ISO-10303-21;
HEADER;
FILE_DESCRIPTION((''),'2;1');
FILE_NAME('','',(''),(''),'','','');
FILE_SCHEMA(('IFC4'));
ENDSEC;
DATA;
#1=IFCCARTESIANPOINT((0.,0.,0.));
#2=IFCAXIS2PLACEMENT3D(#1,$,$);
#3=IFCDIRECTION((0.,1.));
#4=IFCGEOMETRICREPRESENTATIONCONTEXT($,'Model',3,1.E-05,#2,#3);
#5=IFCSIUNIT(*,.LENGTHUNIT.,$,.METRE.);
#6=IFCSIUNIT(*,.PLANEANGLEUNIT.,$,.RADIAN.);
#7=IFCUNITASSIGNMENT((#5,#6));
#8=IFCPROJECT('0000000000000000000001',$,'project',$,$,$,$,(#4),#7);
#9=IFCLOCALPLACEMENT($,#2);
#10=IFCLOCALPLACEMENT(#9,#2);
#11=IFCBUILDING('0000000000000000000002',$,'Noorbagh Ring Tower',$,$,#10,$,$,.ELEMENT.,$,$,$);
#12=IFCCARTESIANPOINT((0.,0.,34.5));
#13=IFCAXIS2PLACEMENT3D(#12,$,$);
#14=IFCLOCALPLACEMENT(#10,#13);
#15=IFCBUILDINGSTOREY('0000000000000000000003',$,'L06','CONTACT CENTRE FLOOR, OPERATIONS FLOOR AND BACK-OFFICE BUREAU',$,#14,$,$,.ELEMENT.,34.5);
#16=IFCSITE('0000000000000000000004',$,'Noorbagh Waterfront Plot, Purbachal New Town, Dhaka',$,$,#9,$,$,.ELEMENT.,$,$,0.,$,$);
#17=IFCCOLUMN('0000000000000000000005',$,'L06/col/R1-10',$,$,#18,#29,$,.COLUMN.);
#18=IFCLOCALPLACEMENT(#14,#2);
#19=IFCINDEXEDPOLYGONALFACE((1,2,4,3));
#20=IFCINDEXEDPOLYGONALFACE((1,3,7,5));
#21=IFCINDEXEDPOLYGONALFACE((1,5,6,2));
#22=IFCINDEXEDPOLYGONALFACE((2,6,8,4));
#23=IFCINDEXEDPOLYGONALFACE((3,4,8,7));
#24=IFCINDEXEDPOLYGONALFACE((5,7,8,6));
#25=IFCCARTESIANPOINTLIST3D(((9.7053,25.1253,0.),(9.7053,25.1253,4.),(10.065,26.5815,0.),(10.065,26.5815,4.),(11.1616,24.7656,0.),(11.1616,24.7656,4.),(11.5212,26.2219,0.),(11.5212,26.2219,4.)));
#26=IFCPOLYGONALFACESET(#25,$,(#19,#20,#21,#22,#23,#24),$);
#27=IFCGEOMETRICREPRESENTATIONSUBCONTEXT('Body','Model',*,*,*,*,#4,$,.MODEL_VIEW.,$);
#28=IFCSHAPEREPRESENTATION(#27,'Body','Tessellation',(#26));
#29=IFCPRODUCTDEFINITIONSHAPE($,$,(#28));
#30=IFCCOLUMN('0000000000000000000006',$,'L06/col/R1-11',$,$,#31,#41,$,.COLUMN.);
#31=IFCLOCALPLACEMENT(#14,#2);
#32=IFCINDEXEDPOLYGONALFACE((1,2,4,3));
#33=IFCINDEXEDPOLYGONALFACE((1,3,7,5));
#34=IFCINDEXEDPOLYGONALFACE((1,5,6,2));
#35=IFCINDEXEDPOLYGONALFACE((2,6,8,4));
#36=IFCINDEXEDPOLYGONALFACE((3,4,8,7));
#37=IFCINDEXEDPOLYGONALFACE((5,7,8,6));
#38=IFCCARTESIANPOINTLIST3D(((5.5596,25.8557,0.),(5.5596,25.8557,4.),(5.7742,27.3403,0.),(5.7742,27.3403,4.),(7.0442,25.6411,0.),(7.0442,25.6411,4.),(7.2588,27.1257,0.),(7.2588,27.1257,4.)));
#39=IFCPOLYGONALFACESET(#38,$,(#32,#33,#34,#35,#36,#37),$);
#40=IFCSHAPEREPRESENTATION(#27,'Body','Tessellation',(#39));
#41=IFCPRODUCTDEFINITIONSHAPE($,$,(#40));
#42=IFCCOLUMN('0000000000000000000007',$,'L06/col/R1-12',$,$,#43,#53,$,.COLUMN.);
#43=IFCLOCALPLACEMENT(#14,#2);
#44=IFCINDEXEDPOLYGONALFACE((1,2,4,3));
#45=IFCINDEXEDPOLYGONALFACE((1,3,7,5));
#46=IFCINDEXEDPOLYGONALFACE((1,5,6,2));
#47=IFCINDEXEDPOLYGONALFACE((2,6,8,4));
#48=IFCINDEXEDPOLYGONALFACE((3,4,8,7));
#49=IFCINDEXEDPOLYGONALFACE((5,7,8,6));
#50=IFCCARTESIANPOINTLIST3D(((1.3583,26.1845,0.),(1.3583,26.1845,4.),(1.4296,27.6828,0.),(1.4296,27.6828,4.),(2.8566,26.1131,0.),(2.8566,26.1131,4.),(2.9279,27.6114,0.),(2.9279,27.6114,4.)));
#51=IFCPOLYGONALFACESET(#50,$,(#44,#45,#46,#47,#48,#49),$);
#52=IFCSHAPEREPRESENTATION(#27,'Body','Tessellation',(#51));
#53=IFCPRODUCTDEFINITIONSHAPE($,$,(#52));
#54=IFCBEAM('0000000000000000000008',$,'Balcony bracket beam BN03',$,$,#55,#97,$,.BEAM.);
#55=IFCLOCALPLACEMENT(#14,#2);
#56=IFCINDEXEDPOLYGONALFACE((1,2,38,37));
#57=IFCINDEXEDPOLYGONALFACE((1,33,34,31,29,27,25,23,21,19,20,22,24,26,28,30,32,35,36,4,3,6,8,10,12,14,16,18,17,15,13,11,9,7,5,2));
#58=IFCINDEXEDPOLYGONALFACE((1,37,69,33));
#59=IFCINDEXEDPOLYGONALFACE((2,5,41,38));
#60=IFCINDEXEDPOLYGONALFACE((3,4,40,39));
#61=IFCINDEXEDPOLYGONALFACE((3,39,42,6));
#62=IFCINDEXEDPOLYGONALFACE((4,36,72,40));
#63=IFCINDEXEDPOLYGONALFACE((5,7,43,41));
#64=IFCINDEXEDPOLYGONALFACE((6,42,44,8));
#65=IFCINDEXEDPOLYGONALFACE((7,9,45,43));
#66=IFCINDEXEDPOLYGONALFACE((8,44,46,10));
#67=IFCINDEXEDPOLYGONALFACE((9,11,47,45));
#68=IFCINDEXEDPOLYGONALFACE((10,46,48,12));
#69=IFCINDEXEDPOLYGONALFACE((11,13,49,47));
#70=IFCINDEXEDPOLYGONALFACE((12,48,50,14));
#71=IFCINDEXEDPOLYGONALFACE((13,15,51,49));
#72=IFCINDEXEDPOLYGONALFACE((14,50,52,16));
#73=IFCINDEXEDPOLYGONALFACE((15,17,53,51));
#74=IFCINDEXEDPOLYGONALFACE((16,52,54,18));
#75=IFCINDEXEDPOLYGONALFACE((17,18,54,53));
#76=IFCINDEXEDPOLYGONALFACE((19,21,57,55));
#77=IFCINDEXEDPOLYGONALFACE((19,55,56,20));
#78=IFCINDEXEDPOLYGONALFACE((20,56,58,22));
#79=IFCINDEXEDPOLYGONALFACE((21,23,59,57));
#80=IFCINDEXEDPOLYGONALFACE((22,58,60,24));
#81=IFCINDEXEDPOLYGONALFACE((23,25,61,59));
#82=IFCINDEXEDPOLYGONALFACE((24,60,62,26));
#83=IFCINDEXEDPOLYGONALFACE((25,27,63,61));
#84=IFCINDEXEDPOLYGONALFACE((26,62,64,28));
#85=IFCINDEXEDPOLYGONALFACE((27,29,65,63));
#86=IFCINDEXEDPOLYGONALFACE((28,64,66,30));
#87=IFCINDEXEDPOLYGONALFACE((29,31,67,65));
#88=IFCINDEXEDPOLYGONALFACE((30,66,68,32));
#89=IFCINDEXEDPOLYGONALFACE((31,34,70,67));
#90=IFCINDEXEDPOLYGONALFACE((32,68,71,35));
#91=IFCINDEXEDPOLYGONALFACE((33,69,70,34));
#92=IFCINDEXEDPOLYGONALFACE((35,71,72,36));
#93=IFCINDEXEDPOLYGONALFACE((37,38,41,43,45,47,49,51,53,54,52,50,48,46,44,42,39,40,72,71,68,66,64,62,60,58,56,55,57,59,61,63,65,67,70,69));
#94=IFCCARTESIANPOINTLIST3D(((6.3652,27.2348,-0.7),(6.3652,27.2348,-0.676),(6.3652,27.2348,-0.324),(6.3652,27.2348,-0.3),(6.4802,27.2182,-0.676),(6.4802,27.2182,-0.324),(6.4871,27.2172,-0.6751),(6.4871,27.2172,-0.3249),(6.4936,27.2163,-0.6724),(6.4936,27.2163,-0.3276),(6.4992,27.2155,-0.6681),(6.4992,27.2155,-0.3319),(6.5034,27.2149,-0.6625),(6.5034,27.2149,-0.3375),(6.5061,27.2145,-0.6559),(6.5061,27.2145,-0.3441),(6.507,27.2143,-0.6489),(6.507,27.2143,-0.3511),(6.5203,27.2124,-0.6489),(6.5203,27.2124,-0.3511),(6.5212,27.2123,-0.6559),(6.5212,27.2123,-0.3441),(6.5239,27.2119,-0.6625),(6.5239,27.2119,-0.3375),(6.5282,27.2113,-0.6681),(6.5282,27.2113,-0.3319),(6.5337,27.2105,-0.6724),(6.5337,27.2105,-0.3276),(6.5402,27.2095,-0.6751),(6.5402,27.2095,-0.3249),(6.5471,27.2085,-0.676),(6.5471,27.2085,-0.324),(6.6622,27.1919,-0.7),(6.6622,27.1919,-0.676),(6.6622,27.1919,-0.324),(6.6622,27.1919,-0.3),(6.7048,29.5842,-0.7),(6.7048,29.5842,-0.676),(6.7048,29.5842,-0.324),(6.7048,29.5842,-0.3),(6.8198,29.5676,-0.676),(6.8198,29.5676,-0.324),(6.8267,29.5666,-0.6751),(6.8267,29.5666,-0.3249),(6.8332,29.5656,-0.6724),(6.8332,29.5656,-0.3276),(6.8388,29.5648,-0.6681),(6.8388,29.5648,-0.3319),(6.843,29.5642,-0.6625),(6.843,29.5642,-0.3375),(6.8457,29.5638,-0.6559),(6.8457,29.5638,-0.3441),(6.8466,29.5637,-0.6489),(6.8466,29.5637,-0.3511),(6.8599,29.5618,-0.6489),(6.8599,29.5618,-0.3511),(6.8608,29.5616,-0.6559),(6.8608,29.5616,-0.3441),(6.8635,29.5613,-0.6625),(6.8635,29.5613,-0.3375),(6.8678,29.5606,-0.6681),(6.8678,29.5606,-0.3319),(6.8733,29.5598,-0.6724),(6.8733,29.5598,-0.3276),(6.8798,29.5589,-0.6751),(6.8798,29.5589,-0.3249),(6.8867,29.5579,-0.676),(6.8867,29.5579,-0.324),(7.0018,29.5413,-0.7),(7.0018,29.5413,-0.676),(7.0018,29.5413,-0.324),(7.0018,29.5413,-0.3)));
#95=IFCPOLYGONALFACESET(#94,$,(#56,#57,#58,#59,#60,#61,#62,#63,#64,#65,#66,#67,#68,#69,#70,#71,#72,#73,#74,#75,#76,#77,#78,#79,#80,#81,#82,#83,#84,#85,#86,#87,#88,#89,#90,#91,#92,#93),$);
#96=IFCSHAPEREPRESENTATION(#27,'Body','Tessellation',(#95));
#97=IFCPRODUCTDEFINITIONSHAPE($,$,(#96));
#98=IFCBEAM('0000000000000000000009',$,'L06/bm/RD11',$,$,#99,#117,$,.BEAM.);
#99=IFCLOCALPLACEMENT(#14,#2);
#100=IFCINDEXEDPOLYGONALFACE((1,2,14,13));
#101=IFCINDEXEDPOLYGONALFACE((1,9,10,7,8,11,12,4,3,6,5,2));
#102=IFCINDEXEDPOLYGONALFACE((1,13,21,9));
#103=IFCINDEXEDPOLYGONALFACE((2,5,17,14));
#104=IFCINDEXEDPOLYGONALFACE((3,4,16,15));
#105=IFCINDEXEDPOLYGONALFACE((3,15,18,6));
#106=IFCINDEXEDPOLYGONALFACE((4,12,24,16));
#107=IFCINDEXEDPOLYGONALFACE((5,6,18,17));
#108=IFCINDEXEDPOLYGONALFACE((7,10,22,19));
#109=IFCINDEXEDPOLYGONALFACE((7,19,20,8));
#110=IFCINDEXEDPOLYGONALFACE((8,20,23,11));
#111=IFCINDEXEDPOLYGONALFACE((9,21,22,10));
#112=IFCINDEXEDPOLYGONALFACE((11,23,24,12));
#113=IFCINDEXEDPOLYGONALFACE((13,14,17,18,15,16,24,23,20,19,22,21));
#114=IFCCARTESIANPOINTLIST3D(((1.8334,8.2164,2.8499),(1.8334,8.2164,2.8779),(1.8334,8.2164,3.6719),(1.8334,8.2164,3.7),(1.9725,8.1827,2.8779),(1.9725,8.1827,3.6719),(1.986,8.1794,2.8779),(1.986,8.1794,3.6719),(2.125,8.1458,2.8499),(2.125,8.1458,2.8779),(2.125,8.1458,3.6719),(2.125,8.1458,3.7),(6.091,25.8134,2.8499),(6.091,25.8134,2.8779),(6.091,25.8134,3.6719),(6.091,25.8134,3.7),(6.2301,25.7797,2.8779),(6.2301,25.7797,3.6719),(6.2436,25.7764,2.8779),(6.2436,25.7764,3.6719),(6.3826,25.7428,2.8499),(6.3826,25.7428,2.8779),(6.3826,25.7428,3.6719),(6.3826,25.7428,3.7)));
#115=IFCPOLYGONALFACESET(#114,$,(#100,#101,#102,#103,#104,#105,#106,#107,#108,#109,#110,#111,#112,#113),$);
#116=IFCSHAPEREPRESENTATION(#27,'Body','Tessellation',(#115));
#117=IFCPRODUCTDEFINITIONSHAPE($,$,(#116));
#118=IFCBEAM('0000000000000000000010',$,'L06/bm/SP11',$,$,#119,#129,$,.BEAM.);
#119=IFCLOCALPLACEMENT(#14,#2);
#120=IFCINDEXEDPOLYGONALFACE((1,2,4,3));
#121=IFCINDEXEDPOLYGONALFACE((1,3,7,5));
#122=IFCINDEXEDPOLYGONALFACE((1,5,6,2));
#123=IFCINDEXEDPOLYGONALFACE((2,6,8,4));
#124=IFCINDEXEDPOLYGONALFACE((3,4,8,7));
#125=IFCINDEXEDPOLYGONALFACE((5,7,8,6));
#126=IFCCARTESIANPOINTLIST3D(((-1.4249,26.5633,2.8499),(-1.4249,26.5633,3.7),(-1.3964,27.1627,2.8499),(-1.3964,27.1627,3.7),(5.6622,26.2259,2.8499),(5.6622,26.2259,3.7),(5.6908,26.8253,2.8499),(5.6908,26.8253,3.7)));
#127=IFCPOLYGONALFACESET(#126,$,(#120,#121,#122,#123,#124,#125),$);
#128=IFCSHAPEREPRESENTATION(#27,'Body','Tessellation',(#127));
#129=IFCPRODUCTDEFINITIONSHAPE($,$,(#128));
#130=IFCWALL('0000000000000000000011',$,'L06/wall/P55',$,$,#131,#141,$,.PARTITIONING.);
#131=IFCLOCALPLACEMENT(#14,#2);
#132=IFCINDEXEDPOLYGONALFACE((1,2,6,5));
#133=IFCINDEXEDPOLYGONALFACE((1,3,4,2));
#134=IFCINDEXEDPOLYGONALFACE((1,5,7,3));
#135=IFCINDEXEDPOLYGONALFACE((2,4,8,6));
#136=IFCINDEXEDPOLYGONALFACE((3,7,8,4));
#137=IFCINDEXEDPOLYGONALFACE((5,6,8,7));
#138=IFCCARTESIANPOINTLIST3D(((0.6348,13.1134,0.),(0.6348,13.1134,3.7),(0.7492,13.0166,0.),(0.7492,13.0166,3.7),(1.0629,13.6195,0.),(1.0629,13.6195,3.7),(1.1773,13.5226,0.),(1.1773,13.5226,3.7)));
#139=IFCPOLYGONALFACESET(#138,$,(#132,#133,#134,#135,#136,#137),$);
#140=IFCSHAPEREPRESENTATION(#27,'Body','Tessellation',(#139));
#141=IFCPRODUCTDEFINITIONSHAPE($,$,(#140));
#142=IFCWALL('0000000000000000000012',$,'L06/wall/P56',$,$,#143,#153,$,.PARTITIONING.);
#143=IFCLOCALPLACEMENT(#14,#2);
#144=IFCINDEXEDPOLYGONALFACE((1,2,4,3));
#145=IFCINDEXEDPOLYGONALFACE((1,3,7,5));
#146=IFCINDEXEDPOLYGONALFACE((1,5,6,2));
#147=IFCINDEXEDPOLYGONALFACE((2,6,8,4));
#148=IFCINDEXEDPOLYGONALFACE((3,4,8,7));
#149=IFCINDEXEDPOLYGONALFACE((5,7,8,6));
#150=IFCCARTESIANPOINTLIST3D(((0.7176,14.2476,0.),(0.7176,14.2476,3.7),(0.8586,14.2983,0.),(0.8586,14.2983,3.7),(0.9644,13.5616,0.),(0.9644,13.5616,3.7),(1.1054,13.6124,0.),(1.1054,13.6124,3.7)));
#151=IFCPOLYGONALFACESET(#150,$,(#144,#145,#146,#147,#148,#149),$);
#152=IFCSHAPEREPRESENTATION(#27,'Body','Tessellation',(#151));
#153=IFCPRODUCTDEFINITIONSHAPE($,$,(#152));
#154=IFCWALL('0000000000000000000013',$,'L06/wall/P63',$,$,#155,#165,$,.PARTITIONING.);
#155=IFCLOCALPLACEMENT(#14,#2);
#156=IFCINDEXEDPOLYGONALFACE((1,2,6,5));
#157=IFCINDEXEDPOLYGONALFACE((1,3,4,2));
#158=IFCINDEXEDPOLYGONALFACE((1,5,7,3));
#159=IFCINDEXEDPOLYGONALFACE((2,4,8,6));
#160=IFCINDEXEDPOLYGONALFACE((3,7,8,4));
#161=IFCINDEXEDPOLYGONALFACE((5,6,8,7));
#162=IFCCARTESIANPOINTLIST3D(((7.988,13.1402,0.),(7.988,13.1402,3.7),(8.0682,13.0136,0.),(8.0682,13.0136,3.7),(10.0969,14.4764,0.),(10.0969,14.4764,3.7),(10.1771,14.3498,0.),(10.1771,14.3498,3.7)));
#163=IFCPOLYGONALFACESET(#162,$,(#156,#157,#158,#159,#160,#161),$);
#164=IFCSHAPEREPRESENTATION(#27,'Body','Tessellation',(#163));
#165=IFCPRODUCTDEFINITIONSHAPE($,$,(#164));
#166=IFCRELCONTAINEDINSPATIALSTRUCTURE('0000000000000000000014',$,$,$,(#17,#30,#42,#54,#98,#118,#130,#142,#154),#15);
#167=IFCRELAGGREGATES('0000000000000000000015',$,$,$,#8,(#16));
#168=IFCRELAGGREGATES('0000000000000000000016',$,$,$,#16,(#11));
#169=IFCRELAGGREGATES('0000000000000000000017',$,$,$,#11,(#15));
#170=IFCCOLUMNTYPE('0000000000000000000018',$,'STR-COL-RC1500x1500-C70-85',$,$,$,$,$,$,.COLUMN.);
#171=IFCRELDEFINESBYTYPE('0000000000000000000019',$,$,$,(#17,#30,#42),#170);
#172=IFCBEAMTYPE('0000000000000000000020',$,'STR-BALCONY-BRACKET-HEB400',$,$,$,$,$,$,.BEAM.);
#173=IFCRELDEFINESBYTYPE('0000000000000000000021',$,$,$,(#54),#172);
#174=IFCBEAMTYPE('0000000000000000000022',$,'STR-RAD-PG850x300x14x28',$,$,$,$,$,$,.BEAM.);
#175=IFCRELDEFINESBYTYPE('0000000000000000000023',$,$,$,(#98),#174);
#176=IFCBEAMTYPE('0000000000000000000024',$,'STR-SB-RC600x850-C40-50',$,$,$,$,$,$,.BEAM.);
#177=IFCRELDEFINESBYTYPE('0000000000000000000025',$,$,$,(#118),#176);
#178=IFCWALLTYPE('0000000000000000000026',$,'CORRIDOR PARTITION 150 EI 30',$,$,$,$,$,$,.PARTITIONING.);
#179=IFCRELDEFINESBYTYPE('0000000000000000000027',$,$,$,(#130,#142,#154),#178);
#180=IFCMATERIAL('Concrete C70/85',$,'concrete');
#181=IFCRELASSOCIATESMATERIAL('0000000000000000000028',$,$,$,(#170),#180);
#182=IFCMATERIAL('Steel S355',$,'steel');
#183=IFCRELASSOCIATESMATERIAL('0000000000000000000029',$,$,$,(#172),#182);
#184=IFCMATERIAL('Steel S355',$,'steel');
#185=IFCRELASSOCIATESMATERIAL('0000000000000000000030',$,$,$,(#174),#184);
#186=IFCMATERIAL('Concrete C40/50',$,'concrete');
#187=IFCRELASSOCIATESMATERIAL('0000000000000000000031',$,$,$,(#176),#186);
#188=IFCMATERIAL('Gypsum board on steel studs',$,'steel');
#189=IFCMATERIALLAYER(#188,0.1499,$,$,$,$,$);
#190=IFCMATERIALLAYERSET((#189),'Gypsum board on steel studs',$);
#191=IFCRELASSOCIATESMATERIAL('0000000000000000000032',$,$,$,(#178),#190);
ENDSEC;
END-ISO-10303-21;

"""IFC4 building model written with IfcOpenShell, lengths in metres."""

from ifc_helpers import new_model, si_unit, direction, frame, frame_2d, origin, origin_2d, place, context, subcontext, project, spatial, rectangle, i_section, extrude, material, layer, layer_set, material_profile, profile_set, type_object, element, save


model = new_model("IFC4")

# Units and contexts
model_context = context("Model", 3, precision=1e-05, world=origin(), true_north=direction((0.0, 1.0)))
body_context = subcontext(model_context, "Body", "Model", "MODEL_VIEW")
ifc_project = project(units=[si_unit("LENGTHUNIT", "METRE"), si_unit("PLANEANGLEUNIT", "RADIAN")], contexts=[model_context])

# Site, building, storey
site_placement = place(None, origin())
site = spatial("IfcSite", under=ifc_project, at=site_placement, Name="Noorbagh Waterfront Plot, Purbachal New Town, Dhaka", CompositionType="ELEMENT", RefElevation=0.0)
building_placement = place(site_placement, origin())
building = spatial("IfcBuilding", under=site, at=building_placement, Name="Noorbagh Ring Tower", CompositionType="ELEMENT")
storey_placement = place(building_placement, frame((0.0, 0.0, 34.5)))
storey = spatial("IfcBuildingStorey", under=building, at=storey_placement, Name="L06", Description="CONTACT CENTRE FLOOR, OPERATIONS FLOOR AND BACK-OFFICE BUREAU", CompositionType="ELEMENT", Elevation=34.5)

# Columns
ifc_material_1 = material(Name="Concrete C70/85", Category="concrete")
ifc_material_profile_1 = material_profile(ifc_material_1, rectangle(XDim=1.5, YDim=1.5, at=origin_2d()), Name="RC1500x1500")
ifc_profile_set_1 = profile_set([ifc_material_profile_1], Name="Concrete C70/85")
column_type = type_object("IfcColumnType", Name="STR-COL-RC1500x1500-C70-85", PredefinedType="COLUMN", material=ifc_profile_set_1)
for number, where, z_axis, x_axis, name in (
    (1, (10.6133, 25.6736, 0.0), (0.0, 0.0, 1.0), (-0.970829, 0.239771, 0.0), "L06/col/R1-10"),
    (2, (6.4092, 26.4907, 0.0), (0.0, 0.0, 1.0), (-0.989713, 0.143066, 0.0), "L06/col/R1-11"),
    (3, (2.1431, 26.8979, 0.0), (0.0, 0.0, 1.0), (-0.998869, 0.047553, 0.0), "L06/col/R1-12"),
):
    element("IfcColumn", number, at=place(storey_placement, frame(where, z_axis=z_axis, x_axis=x_axis)), inside=storey, type_object=column_type, Name=name, PredefinedType="COLUMN", context=body_context, shape_type="SweptSolid", body=[
        extrude(rectangle(XDim=1.5, YDim=1.5, at=origin_2d()), origin(), (0.0, 0.0, 1.0), 4.0),
    ])

# Beams
ifc_material_2 = material(Name="Steel S355", Category="steel")
ifc_material_profile_2 = material_profile(ifc_material_2, i_section(OverallWidth=0.3, OverallDepth=0.3999, WebThickness=0.0134, FlangeThickness=0.0239, FilletRadius=0.0271, at=origin_2d()), Name="HEB400")
ifc_profile_set_2 = profile_set([ifc_material_profile_2], Name="Steel S355")
beam_type_1 = type_object("IfcBeamType", Name="STR-BALCONY-BRACKET-HEB400", PredefinedType="BEAM", material=ifc_profile_set_2)
beam_1_placement = place(storey_placement, frame((6.5137, 27.2134, -0.5), z_axis=(0.143063, 0.989714, 0.0), x_axis=(-0.989714, 0.143063, 0.0)))
element("IfcBeam", 4, at=beam_1_placement, inside=storey, type_object=beam_type_1, Name="Balcony bracket beam BN03", PredefinedType="BEAM", context=body_context, shape_type="SweptSolid", body=[
    extrude(i_section(OverallWidth=0.3, OverallDepth=0.3999, WebThickness=0.0134, FlangeThickness=0.0239, FilletRadius=0.0271, at=origin_2d()), origin(), (0.0, 0.0, 1.0), 2.3738),
])
ifc_material_3 = material(Name="Steel S355", Category="steel")
ifc_material_profile_3 = material_profile(ifc_material_3, i_section(OverallWidth=0.3, OverallDepth=0.8501, WebThickness=0.0139, FlangeThickness=0.0281, at=origin_2d()), Name="PG850x300x14x28")
ifc_profile_set_3 = profile_set([ifc_material_profile_3], Name="Steel S355")
beam_type_2 = type_object("IfcBeamType", Name="STR-RAD-PG850x300x14x28", PredefinedType="BEAM", material=ifc_profile_set_3)
beam_2_placement = place(storey_placement, frame((6.2368, 25.7781, 3.2749), z_axis=(-0.235164, -0.971956, 0.0), x_axis=(0.971956, -0.235164, 0.0)))
element("IfcBeam", 5, at=beam_2_placement, inside=storey, type_object=beam_type_2, Name="L06/bm/RD11", PredefinedType="BEAM", context=body_context, shape_type="SweptSolid", body=[
    extrude(i_section(OverallWidth=0.3, OverallDepth=0.8501, WebThickness=0.0139, FlangeThickness=0.0281, at=origin_2d()), origin(), (0.0, 0.0, 1.0), 18.1047),
])
ifc_material_4 = material(Name="Concrete C40/50", Category="concrete")
ifc_material_profile_4 = material_profile(ifc_material_4, rectangle(XDim=0.6001, YDim=0.8501, at=origin_2d()), Name="RC600x850")
ifc_profile_set_4 = profile_set([ifc_material_profile_4], Name="Concrete C40/50")
beam_type_3 = type_object("IfcBeamType", Name="STR-SB-RC600x850-C40-50", PredefinedType="BEAM", material=ifc_profile_set_4)
beam_3_placement = place(storey_placement, frame((5.6765, 26.5256, 3.2749), z_axis=(-0.998869, 0.047554, 0.0), x_axis=(-0.047554, -0.998869, 0.0)))
element("IfcBeam", 6, at=beam_3_placement, inside=storey, type_object=beam_type_3, Name="L06/bm/SP11", PredefinedType="BEAM", context=body_context, shape_type="SweptSolid", body=[
    extrude(rectangle(XDim=0.6001, YDim=0.8501, at=origin_2d()), origin(), (0.0, 0.0, 1.0), 7.0952),
])

# Walls
ifc_material_5 = material(Name="Gypsum board on steel studs", Category="steel")
ifc_layer_1 = layer(ifc_material_5, 0.1499)
ifc_layer_set_1 = layer_set([ifc_layer_1], Name="Gypsum board on steel studs")
wall_type_1 = type_object("IfcWallType", Name="CORRIDOR PARTITION 150 EI 30", PredefinedType="PARTITIONING", material=ifc_layer_set_1)
wall_1_placement = place(storey_placement, frame((0.6919, 13.0649, 0.0), z_axis=(0.0, 0.0, 1.0), x_axis=(0.645926, 0.7634, 0.0)))
element("IfcWall", 7, at=wall_1_placement, inside=storey, type_object=wall_type_1, Name="L06/wall/P55", PredefinedType="PARTITIONING", context=body_context, shape_type="SweptSolid", body=[
    extrude(rectangle(XDim=0.6628, YDim=0.1499, at=frame_2d((0.3315, 0.0))), origin(), (0.0, 0.0, 1.0), 3.7),
])
wall_2_placement = place(storey_placement, frame((0.7881, 14.2729, 0.0), z_axis=(0.0, 0.0, 1.0), x_axis=(0.338542, -0.940951, 0.0)))
element("IfcWall", 8, at=wall_2_placement, inside=storey, type_object=wall_type_1, Name="L06/wall/P56", PredefinedType="PARTITIONING", context=body_context, shape_type="SweptSolid", body=[
    extrude(rectangle(XDim=0.729, YDim=0.1499, at=frame_2d((0.3645, 0.0))), origin(), (0.0, 0.0, 1.0), 3.7),
])
wall_3_placement = place(storey_placement, frame((8.0281, 13.0769, 0.0), z_axis=(0.0, 0.0, 1.0), x_axis=(0.844719, 0.53521, 0.0)))
element("IfcWall", 9, at=wall_3_placement, inside=storey, type_object=wall_type_1, Name="L06/wall/P63", PredefinedType="PARTITIONING", context=body_context, shape_type="SweptSolid", body=[
    extrude(rectangle(XDim=2.4966, YDim=0.1499, at=frame_2d((1.2483, 0.0))), origin(), (0.0, 0.0, 1.0), 3.7),
])

save(model, "model.ifc")
